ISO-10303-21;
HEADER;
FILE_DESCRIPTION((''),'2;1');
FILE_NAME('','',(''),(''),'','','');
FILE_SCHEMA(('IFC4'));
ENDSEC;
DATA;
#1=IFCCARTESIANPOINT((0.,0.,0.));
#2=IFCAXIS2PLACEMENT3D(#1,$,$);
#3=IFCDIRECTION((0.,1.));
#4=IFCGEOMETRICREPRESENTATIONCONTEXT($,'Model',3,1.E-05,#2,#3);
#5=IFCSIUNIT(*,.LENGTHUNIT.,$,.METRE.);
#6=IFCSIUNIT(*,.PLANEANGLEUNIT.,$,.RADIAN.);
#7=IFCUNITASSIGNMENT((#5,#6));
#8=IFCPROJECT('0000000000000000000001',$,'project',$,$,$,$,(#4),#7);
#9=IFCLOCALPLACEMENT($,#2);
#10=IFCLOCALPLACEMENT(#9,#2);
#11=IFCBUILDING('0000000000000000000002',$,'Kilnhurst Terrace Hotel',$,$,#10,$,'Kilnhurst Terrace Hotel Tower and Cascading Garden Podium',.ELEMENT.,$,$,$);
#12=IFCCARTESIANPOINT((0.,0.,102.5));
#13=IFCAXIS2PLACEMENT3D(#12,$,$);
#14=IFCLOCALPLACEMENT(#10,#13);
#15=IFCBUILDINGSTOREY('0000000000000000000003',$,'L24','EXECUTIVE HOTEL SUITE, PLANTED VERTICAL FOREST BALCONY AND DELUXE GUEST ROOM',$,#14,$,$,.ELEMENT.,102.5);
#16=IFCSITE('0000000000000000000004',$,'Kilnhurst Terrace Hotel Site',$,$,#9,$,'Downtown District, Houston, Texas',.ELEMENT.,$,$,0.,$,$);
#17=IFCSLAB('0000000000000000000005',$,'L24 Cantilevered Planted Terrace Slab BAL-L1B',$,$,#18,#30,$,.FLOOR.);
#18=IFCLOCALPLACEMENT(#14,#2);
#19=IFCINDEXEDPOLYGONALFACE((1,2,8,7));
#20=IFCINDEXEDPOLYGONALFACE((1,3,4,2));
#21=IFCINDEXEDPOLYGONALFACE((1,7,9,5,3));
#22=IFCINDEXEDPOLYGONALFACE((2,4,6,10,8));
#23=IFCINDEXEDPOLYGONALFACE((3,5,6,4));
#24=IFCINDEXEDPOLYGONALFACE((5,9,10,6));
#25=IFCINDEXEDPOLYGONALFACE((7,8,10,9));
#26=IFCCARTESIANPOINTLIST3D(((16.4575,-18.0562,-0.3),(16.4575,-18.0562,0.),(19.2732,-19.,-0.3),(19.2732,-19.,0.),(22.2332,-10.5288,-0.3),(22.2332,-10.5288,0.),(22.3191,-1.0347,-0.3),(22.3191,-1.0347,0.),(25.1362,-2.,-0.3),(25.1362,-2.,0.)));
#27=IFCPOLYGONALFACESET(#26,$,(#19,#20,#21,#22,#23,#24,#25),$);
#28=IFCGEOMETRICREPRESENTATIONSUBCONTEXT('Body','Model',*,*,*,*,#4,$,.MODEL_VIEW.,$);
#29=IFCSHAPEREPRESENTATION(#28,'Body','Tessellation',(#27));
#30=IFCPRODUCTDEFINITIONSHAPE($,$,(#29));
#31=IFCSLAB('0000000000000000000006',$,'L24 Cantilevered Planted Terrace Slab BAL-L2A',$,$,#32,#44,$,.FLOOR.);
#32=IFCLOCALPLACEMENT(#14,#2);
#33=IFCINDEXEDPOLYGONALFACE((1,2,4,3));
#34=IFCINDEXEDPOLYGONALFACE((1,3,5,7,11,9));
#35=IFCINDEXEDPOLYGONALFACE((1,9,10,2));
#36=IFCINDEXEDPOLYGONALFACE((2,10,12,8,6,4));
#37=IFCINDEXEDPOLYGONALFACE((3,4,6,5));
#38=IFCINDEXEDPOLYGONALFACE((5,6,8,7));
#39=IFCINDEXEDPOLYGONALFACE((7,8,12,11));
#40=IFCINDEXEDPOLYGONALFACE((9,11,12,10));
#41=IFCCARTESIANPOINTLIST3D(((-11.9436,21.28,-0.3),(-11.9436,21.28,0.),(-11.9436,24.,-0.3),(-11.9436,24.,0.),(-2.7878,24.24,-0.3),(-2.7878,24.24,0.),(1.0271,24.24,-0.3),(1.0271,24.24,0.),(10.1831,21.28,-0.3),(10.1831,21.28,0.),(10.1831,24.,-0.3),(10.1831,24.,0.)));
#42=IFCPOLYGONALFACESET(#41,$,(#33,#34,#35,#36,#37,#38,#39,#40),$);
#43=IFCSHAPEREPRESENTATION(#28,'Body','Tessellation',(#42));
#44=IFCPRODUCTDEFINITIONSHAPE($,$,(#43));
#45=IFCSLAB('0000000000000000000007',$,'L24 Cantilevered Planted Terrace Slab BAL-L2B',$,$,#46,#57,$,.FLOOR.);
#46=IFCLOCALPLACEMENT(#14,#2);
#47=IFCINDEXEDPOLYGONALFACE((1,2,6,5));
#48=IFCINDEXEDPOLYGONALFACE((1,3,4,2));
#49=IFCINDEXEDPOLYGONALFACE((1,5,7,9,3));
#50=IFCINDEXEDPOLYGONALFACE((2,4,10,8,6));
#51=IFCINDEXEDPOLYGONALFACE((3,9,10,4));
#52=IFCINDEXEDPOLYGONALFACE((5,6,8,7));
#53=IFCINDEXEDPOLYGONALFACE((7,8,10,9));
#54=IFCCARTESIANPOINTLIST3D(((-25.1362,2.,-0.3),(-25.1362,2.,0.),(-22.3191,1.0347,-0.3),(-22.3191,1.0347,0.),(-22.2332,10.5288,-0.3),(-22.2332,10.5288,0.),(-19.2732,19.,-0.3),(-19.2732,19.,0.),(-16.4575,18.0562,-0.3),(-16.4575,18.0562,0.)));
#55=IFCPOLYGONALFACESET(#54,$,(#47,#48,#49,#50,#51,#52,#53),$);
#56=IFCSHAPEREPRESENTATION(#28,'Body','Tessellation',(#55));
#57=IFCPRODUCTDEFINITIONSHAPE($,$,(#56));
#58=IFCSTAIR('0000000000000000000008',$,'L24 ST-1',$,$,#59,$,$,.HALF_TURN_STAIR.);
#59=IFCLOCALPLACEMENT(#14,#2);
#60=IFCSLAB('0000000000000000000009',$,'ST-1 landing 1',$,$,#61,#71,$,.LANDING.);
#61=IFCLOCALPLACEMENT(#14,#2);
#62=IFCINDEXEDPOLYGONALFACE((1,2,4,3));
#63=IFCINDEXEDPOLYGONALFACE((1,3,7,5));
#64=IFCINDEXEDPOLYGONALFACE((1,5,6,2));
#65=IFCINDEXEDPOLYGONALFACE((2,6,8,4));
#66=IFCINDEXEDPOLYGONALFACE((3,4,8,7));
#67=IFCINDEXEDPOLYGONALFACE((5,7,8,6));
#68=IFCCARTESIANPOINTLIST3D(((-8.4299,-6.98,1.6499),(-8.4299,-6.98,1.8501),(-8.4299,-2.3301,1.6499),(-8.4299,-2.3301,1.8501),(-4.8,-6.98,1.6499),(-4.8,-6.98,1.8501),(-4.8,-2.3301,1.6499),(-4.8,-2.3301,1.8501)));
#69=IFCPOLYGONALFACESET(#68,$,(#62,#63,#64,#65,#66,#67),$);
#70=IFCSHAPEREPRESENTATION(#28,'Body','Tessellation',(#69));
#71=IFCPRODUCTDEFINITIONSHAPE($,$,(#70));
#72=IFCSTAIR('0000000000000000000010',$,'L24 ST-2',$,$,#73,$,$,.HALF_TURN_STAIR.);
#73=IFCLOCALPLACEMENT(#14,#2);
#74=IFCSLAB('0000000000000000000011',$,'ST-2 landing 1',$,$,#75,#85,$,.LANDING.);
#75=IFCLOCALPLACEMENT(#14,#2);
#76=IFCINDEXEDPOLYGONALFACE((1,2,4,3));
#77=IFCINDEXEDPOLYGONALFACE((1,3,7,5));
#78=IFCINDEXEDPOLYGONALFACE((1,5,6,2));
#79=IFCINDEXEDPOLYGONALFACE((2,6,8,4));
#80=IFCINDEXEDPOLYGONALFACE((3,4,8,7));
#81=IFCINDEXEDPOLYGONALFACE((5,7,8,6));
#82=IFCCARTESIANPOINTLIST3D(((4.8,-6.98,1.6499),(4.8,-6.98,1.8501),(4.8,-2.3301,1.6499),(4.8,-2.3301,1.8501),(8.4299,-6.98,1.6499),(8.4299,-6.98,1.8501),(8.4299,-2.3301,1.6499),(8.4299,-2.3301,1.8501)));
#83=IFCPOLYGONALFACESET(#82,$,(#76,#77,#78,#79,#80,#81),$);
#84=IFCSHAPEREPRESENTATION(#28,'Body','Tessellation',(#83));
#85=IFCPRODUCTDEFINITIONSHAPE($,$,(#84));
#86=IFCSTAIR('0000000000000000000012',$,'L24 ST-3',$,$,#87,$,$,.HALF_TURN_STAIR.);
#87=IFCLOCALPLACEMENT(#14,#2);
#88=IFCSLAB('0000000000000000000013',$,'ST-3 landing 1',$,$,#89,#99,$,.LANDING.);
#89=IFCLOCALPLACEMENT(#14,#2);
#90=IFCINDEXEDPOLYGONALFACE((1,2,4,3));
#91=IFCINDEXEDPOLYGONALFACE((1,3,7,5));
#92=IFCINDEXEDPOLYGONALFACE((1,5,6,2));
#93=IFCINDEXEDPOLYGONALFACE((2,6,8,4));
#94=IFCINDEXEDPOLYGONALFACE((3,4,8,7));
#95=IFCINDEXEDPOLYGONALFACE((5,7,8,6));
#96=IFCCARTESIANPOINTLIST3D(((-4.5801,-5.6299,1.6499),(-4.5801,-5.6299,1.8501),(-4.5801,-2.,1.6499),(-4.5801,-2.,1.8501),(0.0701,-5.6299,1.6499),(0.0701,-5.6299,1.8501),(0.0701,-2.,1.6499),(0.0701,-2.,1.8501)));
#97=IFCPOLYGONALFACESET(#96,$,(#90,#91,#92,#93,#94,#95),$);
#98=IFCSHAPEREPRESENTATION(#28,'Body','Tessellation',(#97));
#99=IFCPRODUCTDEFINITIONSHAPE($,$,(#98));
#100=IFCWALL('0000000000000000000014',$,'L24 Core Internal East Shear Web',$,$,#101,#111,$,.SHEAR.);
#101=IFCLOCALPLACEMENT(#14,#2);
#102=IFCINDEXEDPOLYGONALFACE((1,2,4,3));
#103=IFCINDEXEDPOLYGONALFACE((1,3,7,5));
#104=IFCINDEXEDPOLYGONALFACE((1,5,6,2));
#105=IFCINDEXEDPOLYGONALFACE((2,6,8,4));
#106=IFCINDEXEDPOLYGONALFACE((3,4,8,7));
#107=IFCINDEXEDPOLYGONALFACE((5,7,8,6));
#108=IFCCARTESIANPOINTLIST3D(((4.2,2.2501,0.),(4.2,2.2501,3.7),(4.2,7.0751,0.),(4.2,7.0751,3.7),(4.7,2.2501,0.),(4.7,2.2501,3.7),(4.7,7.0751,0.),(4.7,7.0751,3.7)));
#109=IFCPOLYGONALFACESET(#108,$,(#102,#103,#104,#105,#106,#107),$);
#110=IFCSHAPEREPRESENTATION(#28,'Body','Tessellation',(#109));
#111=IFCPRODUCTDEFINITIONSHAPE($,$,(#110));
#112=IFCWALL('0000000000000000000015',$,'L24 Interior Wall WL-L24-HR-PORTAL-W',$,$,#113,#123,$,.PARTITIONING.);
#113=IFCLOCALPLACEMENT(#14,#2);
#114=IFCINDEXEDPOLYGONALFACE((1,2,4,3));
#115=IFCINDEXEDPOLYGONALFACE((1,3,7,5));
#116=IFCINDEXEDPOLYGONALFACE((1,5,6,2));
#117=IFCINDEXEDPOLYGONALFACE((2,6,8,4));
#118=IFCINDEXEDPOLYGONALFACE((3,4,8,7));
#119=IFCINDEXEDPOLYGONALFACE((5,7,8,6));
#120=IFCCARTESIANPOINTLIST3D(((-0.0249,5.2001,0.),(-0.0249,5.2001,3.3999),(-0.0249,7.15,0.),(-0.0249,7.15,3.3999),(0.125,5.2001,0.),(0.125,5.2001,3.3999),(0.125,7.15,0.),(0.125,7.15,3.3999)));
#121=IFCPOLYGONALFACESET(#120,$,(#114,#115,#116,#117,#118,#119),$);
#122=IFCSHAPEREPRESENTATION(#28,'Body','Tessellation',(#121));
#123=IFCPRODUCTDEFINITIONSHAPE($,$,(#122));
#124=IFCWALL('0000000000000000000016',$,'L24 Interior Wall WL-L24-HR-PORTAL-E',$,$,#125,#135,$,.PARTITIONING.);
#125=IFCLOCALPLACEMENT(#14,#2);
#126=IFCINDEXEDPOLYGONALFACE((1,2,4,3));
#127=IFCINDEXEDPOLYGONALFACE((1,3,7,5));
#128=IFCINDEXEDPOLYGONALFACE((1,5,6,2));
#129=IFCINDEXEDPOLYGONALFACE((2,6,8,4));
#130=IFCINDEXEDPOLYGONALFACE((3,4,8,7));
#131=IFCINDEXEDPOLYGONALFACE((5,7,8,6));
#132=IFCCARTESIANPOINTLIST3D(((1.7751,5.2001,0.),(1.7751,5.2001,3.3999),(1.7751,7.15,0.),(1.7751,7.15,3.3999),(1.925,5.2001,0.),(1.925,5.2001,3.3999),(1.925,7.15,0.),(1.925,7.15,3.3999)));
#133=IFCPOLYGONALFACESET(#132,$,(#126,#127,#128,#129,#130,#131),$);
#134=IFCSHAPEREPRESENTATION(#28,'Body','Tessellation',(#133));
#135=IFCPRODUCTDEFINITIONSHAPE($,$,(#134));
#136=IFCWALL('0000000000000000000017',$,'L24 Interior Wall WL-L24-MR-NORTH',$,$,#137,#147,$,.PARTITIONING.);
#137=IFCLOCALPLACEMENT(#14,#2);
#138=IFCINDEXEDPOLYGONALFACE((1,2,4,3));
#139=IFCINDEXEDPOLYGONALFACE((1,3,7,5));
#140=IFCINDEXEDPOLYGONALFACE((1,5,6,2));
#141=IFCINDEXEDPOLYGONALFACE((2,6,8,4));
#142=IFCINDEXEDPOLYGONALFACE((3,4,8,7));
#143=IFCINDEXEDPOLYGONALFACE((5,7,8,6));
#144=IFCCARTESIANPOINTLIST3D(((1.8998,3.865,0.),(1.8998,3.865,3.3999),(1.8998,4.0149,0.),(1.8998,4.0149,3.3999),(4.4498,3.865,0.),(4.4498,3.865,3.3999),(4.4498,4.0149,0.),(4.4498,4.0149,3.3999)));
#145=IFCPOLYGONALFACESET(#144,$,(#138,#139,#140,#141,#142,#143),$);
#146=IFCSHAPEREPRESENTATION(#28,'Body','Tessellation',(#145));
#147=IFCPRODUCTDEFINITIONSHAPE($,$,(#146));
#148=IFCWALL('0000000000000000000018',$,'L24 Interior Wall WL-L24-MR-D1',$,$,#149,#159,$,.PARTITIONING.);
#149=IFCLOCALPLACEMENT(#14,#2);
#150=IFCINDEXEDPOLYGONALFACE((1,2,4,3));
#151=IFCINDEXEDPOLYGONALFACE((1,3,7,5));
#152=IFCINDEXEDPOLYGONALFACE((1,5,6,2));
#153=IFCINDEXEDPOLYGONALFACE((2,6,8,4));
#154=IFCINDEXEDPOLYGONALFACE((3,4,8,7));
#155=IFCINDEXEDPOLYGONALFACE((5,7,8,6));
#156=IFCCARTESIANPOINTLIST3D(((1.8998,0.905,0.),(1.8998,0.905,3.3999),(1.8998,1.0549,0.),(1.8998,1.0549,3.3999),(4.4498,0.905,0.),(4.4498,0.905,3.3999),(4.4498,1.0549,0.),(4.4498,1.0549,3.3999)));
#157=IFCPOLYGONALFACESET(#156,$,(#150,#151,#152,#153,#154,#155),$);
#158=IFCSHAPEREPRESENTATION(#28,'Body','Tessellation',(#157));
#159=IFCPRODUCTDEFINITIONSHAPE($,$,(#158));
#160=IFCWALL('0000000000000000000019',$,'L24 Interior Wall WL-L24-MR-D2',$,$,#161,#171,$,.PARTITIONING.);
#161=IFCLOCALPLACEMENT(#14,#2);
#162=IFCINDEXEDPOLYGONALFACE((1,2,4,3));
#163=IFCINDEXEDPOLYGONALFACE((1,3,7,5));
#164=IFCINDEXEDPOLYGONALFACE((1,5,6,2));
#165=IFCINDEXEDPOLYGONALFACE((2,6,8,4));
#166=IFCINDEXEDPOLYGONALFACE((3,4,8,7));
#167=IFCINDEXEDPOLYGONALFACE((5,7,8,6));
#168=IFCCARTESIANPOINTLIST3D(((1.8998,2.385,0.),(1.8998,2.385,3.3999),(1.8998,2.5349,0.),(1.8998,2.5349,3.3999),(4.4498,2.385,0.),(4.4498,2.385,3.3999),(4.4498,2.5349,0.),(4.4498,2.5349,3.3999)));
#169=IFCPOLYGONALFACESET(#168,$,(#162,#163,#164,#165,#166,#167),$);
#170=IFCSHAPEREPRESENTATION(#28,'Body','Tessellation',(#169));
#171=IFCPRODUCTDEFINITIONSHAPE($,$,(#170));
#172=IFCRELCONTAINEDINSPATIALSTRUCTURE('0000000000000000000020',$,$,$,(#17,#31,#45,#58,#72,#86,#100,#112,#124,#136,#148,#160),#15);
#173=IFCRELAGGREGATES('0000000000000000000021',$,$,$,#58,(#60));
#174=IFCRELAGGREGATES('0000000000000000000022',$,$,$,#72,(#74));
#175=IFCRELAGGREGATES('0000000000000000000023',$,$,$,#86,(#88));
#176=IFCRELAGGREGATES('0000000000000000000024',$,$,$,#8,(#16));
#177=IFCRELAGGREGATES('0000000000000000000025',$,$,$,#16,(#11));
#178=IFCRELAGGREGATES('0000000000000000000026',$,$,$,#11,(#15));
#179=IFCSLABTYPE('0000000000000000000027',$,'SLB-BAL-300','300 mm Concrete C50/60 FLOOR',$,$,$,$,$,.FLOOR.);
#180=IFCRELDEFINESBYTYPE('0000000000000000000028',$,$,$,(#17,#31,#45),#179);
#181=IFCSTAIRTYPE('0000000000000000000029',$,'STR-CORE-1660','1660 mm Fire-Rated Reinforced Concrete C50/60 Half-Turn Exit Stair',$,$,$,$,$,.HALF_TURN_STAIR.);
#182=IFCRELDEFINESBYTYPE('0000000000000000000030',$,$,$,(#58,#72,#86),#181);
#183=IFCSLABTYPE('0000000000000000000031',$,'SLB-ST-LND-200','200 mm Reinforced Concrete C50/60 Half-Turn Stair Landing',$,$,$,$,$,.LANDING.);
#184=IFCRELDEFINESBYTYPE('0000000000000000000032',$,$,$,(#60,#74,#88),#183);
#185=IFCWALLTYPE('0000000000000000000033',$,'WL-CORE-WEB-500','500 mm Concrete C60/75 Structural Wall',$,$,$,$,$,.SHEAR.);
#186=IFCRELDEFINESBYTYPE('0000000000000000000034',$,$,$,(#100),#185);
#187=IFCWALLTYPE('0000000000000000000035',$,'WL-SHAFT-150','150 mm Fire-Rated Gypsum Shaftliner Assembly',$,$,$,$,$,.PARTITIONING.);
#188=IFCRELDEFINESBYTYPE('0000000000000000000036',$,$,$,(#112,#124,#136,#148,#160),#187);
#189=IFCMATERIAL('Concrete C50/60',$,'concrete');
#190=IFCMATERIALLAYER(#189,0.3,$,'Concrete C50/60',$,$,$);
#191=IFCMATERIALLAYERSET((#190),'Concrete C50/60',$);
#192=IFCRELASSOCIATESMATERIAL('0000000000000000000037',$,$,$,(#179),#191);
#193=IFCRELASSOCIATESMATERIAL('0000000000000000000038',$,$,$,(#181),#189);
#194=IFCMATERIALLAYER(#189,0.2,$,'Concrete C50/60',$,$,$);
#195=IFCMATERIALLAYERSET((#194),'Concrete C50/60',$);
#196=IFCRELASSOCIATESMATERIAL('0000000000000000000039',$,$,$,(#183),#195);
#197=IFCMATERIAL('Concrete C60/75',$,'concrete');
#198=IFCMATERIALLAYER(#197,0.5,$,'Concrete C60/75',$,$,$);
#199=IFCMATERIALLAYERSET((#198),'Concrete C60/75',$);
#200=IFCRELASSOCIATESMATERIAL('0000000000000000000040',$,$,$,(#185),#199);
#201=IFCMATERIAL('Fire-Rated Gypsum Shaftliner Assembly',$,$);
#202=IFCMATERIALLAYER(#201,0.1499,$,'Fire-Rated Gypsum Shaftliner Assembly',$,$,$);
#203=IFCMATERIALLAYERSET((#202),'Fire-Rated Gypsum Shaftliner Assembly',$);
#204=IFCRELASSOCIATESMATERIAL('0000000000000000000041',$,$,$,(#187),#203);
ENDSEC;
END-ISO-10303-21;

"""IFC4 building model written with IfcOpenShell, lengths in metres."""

from ifc_helpers import new_model, si_unit, direction, frame, frame_2d, origin, place, context, subcontext, project, spatial, polyline, rectangle, outline, extrude, material, layer, layer_set, type_object, element, aggregate, save


model = new_model("IFC4")

# Units and contexts
model_context = context("Model", 3, precision=1e-05, world=origin(), true_north=direction((0.0, 1.0)))
body_context = subcontext(model_context, "Body", "Model", "MODEL_VIEW")
ifc_project = project(units=[si_unit("LENGTHUNIT", "METRE"), si_unit("PLANEANGLEUNIT", "RADIAN")], contexts=[model_context])

# Site, building, storey
site_placement = place(None, origin())
site = spatial("IfcSite", under=ifc_project, at=site_placement, Name="Kilnhurst Terrace Hotel Site", LongName="Downtown District, Houston, Texas", CompositionType="ELEMENT", RefElevation=0.0)
building_placement = place(site_placement, origin())
building = spatial("IfcBuilding", under=site, at=building_placement, Name="Kilnhurst Terrace Hotel", LongName="Kilnhurst Terrace Hotel Tower and Cascading Garden Podium", CompositionType="ELEMENT")
storey_placement = place(building_placement, frame((0.0, 0.0, 102.5)))
storey = spatial("IfcBuildingStorey", under=building, at=storey_placement, Name="L24", Description="EXECUTIVE HOTEL SUITE, PLANTED VERTICAL FOREST BALCONY AND DELUXE GUEST ROOM", CompositionType="ELEMENT", Elevation=102.5)

# Slabs
ifc_material_1 = material(Name="Concrete C50/60", Category="concrete")
ifc_layer_1 = layer(ifc_material_1, 0.3, Name="Concrete C50/60")
ifc_layer_set_1 = layer_set([ifc_layer_1], Name="Concrete C50/60")
slab_type_1 = type_object("IfcSlabType", Name="SLB-BAL-300", Description="300 mm Concrete C50/60 FLOOR", PredefinedType="FLOOR", material=ifc_layer_set_1)
slab_1_placement = place(storey_placement, frame((0.0, 0.0, -0.3)))
element("IfcSlab", 1, at=slab_1_placement, inside=storey, type_object=slab_type_1, Name="L24 Cantilevered Planted Terrace Slab BAL-L1B", PredefinedType="FLOOR", context=body_context, shape_type="SweptSolid", body=[
    extrude(outline(polyline([(19.2732, -19.0), (16.4575, -18.0562), (22.3191, -1.0347), (25.1362, -2.0), (22.2332, -10.5288), (19.2732, -19.0)])), origin(), (0.0, 0.0, 1.0), 0.3),
])
slab_2_placement = place(storey_placement, frame((0.0, 0.0, -0.3)))
element("IfcSlab", 2, at=slab_2_placement, inside=storey, type_object=slab_type_1, Name="L24 Cantilevered Planted Terrace Slab BAL-L2A", PredefinedType="FLOOR", context=body_context, shape_type="SweptSolid", body=[
    extrude(outline(polyline([(1.0271, 24.24), (10.1831, 24.0), (10.1831, 21.28), (-11.9436, 21.28), (-11.9436, 24.0), (-2.7878, 24.24), (1.0271, 24.24)])), origin(), (0.0, 0.0, 1.0), 0.3),
])
slab_3_placement = place(storey_placement, frame((0.0, 0.0, -0.3)))
element("IfcSlab", 3, at=slab_3_placement, inside=storey, type_object=slab_type_1, Name="L24 Cantilevered Planted Terrace Slab BAL-L2B", PredefinedType="FLOOR", context=body_context, shape_type="SweptSolid", body=[
    extrude(outline(polyline([(-19.2732, 19.0), (-16.4575, 18.0562), (-22.3191, 1.0347), (-25.1362, 2.0), (-22.2332, 10.5288), (-19.2732, 19.0)])), origin(), (0.0, 0.0, 1.0), 0.3),
])

# Stairs, slabs
stair_type = type_object("IfcStairType", Name="STR-CORE-1660", Description="1660 mm Fire-Rated Reinforced Concrete C50/60 Half-Turn Exit Stair", PredefinedType="HALF_TURN_STAIR", material=ifc_material_1)
stair_1_placement = place(storey_placement, origin())
stair_1 = element("IfcStair", 4, at=stair_1_placement, inside=storey, type_object=stair_type, Name="L24 ST-1", PredefinedType="HALF_TURN_STAIR")
ifc_layer_2 = layer(ifc_material_1, 0.2, Name="Concrete C50/60")
ifc_layer_set_2 = layer_set([ifc_layer_2], Name="Concrete C50/60")
slab_type_2 = type_object("IfcSlabType", Name="SLB-ST-LND-200", Description="200 mm Reinforced Concrete C50/60 Half-Turn Stair Landing", PredefinedType="LANDING", material=ifc_layer_set_2)
slab_4_placement = place(storey_placement, frame((0.0, 0.0, 1.6499)))
slab_4 = element("IfcSlab", 5, at=slab_4_placement, type_object=slab_type_2, Name="ST-1 landing 1", PredefinedType="LANDING", context=body_context, shape_type="SweptSolid", body=[
    extrude(outline(polyline([(-8.4299, -2.3301), (-4.8, -2.3301), (-4.8, -6.98), (-8.4299, -6.98), (-8.4299, -2.3301)])), origin(), (0.0, 0.0, 1.0), 0.2002),
])
aggregate(stair_1, [slab_4])
stair_2_placement = place(storey_placement, origin())
stair_2 = element("IfcStair", 6, at=stair_2_placement, inside=storey, type_object=stair_type, Name="L24 ST-2", PredefinedType="HALF_TURN_STAIR")
slab_5_placement = place(storey_placement, frame((0.0, 0.0, 1.6499)))
slab_5 = element("IfcSlab", 7, at=slab_5_placement, type_object=slab_type_2, Name="ST-2 landing 1", PredefinedType="LANDING", context=body_context, shape_type="SweptSolid", body=[
    extrude(outline(polyline([(4.8, -2.3301), (8.4299, -2.3301), (8.4299, -6.98), (4.8, -6.98), (4.8, -2.3301)])), origin(), (0.0, 0.0, 1.0), 0.2002),
])
aggregate(stair_2, [slab_5])
stair_3_placement = place(storey_placement, origin())
stair_3 = element("IfcStair", 8, at=stair_3_placement, inside=storey, type_object=stair_type, Name="L24 ST-3", PredefinedType="HALF_TURN_STAIR")
slab_6_placement = place(storey_placement, frame((0.0, 0.0, 1.6499)))
slab_6 = element("IfcSlab", 9, at=slab_6_placement, type_object=slab_type_2, Name="ST-3 landing 1", PredefinedType="LANDING", context=body_context, shape_type="SweptSolid", body=[
    extrude(outline(polyline([(0.0701, -2.0), (0.0701, -5.6299), (-4.5801, -5.6299), (-4.5801, -2.0), (0.0701, -2.0)])), origin(), (0.0, 0.0, 1.0), 0.2002),
])
aggregate(stair_3, [slab_6])

# Walls
ifc_material_2 = material(Name="Concrete C60/75", Category="concrete")
ifc_layer_3 = layer(ifc_material_2, 0.5, Name="Concrete C60/75")
ifc_layer_set_3 = layer_set([ifc_layer_3], Name="Concrete C60/75")
wall_type_1 = type_object("IfcWallType", Name="WL-CORE-WEB-500", Description="500 mm Concrete C60/75 Structural Wall", PredefinedType="SHEAR", material=ifc_layer_set_3)
wall_1_placement = place(storey_placement, frame((4.45, 2.25, 0.0), z_axis=(0.0, 0.0, 1.0), x_axis=(0.0, 1.0, 0.0)))
element("IfcWall", 10, at=wall_1_placement, inside=storey, type_object=wall_type_1, Name="L24 Core Internal East Shear Web", PredefinedType="SHEAR", context=body_context, shape_type="SweptSolid", body=[
    extrude(rectangle(XDim=4.825, YDim=0.5, at=frame_2d((2.4126, 0.0))), origin(), (0.0, 0.0, 1.0), 3.7),
])
ifc_material_3 = material(Name="Fire-Rated Gypsum Shaftliner Assembly")
ifc_layer_4 = layer(ifc_material_3, 0.1499, Name="Fire-Rated Gypsum Shaftliner Assembly")
ifc_layer_set_4 = layer_set([ifc_layer_4], Name="Fire-Rated Gypsum Shaftliner Assembly")
wall_type_2 = type_object("IfcWallType", Name="WL-SHAFT-150", Description="150 mm Fire-Rated Gypsum Shaftliner Assembly", PredefinedType="PARTITIONING", material=ifc_layer_set_4)
for number, where, z_axis, x_axis, name in (
    (11, (0.05, 5.2, 0.0), (0.0, 0.0, 1.0), (0.0, 1.0, 0.0), "L24 Interior Wall WL-L24-HR-PORTAL-W"),
    (12, (1.8501, 5.2, 0.0), (0.0, 0.0, 1.0), (0.0, 1.0, 0.0), "L24 Interior Wall WL-L24-HR-PORTAL-E"),
):
    element("IfcWall", number, at=place(storey_placement, frame(where, z_axis=z_axis, x_axis=x_axis)), inside=storey, type_object=wall_type_2, Name=name, PredefinedType="PARTITIONING", context=body_context, shape_type="SweptSolid", body=[
        extrude(rectangle(XDim=1.95, YDim=0.1499, at=frame_2d((0.9751, 0.0))), origin(), (0.0, 0.0, 1.0), 3.3999),
    ])
for number, where, z_axis, x_axis, name in (
    (13, (1.8999, 3.9399, 0.0), (0.0, 0.0, 1.0), (1.0, 0.0, 0.0), "L24 Interior Wall WL-L24-MR-NORTH"),
    (14, (1.8999, 0.98, 0.0), (0.0, 0.0, 1.0), (1.0, 0.0, 0.0), "L24 Interior Wall WL-L24-MR-D1"),
    (15, (1.8999, 2.46, 0.0), (0.0, 0.0, 1.0), (1.0, 0.0, 0.0), "L24 Interior Wall WL-L24-MR-D2"),
):
    element("IfcWall", number, at=place(storey_placement, frame(where, z_axis=z_axis, x_axis=x_axis)), inside=storey, type_object=wall_type_2, Name=name, PredefinedType="PARTITIONING", context=body_context, shape_type="SweptSolid", body=[
        extrude(rectangle(XDim=2.55, YDim=0.1499, at=frame_2d((1.2749, 0.0))), origin(), (0.0, 0.0, 1.0), 3.3999),
    ])

save(model, "model.ifc")
